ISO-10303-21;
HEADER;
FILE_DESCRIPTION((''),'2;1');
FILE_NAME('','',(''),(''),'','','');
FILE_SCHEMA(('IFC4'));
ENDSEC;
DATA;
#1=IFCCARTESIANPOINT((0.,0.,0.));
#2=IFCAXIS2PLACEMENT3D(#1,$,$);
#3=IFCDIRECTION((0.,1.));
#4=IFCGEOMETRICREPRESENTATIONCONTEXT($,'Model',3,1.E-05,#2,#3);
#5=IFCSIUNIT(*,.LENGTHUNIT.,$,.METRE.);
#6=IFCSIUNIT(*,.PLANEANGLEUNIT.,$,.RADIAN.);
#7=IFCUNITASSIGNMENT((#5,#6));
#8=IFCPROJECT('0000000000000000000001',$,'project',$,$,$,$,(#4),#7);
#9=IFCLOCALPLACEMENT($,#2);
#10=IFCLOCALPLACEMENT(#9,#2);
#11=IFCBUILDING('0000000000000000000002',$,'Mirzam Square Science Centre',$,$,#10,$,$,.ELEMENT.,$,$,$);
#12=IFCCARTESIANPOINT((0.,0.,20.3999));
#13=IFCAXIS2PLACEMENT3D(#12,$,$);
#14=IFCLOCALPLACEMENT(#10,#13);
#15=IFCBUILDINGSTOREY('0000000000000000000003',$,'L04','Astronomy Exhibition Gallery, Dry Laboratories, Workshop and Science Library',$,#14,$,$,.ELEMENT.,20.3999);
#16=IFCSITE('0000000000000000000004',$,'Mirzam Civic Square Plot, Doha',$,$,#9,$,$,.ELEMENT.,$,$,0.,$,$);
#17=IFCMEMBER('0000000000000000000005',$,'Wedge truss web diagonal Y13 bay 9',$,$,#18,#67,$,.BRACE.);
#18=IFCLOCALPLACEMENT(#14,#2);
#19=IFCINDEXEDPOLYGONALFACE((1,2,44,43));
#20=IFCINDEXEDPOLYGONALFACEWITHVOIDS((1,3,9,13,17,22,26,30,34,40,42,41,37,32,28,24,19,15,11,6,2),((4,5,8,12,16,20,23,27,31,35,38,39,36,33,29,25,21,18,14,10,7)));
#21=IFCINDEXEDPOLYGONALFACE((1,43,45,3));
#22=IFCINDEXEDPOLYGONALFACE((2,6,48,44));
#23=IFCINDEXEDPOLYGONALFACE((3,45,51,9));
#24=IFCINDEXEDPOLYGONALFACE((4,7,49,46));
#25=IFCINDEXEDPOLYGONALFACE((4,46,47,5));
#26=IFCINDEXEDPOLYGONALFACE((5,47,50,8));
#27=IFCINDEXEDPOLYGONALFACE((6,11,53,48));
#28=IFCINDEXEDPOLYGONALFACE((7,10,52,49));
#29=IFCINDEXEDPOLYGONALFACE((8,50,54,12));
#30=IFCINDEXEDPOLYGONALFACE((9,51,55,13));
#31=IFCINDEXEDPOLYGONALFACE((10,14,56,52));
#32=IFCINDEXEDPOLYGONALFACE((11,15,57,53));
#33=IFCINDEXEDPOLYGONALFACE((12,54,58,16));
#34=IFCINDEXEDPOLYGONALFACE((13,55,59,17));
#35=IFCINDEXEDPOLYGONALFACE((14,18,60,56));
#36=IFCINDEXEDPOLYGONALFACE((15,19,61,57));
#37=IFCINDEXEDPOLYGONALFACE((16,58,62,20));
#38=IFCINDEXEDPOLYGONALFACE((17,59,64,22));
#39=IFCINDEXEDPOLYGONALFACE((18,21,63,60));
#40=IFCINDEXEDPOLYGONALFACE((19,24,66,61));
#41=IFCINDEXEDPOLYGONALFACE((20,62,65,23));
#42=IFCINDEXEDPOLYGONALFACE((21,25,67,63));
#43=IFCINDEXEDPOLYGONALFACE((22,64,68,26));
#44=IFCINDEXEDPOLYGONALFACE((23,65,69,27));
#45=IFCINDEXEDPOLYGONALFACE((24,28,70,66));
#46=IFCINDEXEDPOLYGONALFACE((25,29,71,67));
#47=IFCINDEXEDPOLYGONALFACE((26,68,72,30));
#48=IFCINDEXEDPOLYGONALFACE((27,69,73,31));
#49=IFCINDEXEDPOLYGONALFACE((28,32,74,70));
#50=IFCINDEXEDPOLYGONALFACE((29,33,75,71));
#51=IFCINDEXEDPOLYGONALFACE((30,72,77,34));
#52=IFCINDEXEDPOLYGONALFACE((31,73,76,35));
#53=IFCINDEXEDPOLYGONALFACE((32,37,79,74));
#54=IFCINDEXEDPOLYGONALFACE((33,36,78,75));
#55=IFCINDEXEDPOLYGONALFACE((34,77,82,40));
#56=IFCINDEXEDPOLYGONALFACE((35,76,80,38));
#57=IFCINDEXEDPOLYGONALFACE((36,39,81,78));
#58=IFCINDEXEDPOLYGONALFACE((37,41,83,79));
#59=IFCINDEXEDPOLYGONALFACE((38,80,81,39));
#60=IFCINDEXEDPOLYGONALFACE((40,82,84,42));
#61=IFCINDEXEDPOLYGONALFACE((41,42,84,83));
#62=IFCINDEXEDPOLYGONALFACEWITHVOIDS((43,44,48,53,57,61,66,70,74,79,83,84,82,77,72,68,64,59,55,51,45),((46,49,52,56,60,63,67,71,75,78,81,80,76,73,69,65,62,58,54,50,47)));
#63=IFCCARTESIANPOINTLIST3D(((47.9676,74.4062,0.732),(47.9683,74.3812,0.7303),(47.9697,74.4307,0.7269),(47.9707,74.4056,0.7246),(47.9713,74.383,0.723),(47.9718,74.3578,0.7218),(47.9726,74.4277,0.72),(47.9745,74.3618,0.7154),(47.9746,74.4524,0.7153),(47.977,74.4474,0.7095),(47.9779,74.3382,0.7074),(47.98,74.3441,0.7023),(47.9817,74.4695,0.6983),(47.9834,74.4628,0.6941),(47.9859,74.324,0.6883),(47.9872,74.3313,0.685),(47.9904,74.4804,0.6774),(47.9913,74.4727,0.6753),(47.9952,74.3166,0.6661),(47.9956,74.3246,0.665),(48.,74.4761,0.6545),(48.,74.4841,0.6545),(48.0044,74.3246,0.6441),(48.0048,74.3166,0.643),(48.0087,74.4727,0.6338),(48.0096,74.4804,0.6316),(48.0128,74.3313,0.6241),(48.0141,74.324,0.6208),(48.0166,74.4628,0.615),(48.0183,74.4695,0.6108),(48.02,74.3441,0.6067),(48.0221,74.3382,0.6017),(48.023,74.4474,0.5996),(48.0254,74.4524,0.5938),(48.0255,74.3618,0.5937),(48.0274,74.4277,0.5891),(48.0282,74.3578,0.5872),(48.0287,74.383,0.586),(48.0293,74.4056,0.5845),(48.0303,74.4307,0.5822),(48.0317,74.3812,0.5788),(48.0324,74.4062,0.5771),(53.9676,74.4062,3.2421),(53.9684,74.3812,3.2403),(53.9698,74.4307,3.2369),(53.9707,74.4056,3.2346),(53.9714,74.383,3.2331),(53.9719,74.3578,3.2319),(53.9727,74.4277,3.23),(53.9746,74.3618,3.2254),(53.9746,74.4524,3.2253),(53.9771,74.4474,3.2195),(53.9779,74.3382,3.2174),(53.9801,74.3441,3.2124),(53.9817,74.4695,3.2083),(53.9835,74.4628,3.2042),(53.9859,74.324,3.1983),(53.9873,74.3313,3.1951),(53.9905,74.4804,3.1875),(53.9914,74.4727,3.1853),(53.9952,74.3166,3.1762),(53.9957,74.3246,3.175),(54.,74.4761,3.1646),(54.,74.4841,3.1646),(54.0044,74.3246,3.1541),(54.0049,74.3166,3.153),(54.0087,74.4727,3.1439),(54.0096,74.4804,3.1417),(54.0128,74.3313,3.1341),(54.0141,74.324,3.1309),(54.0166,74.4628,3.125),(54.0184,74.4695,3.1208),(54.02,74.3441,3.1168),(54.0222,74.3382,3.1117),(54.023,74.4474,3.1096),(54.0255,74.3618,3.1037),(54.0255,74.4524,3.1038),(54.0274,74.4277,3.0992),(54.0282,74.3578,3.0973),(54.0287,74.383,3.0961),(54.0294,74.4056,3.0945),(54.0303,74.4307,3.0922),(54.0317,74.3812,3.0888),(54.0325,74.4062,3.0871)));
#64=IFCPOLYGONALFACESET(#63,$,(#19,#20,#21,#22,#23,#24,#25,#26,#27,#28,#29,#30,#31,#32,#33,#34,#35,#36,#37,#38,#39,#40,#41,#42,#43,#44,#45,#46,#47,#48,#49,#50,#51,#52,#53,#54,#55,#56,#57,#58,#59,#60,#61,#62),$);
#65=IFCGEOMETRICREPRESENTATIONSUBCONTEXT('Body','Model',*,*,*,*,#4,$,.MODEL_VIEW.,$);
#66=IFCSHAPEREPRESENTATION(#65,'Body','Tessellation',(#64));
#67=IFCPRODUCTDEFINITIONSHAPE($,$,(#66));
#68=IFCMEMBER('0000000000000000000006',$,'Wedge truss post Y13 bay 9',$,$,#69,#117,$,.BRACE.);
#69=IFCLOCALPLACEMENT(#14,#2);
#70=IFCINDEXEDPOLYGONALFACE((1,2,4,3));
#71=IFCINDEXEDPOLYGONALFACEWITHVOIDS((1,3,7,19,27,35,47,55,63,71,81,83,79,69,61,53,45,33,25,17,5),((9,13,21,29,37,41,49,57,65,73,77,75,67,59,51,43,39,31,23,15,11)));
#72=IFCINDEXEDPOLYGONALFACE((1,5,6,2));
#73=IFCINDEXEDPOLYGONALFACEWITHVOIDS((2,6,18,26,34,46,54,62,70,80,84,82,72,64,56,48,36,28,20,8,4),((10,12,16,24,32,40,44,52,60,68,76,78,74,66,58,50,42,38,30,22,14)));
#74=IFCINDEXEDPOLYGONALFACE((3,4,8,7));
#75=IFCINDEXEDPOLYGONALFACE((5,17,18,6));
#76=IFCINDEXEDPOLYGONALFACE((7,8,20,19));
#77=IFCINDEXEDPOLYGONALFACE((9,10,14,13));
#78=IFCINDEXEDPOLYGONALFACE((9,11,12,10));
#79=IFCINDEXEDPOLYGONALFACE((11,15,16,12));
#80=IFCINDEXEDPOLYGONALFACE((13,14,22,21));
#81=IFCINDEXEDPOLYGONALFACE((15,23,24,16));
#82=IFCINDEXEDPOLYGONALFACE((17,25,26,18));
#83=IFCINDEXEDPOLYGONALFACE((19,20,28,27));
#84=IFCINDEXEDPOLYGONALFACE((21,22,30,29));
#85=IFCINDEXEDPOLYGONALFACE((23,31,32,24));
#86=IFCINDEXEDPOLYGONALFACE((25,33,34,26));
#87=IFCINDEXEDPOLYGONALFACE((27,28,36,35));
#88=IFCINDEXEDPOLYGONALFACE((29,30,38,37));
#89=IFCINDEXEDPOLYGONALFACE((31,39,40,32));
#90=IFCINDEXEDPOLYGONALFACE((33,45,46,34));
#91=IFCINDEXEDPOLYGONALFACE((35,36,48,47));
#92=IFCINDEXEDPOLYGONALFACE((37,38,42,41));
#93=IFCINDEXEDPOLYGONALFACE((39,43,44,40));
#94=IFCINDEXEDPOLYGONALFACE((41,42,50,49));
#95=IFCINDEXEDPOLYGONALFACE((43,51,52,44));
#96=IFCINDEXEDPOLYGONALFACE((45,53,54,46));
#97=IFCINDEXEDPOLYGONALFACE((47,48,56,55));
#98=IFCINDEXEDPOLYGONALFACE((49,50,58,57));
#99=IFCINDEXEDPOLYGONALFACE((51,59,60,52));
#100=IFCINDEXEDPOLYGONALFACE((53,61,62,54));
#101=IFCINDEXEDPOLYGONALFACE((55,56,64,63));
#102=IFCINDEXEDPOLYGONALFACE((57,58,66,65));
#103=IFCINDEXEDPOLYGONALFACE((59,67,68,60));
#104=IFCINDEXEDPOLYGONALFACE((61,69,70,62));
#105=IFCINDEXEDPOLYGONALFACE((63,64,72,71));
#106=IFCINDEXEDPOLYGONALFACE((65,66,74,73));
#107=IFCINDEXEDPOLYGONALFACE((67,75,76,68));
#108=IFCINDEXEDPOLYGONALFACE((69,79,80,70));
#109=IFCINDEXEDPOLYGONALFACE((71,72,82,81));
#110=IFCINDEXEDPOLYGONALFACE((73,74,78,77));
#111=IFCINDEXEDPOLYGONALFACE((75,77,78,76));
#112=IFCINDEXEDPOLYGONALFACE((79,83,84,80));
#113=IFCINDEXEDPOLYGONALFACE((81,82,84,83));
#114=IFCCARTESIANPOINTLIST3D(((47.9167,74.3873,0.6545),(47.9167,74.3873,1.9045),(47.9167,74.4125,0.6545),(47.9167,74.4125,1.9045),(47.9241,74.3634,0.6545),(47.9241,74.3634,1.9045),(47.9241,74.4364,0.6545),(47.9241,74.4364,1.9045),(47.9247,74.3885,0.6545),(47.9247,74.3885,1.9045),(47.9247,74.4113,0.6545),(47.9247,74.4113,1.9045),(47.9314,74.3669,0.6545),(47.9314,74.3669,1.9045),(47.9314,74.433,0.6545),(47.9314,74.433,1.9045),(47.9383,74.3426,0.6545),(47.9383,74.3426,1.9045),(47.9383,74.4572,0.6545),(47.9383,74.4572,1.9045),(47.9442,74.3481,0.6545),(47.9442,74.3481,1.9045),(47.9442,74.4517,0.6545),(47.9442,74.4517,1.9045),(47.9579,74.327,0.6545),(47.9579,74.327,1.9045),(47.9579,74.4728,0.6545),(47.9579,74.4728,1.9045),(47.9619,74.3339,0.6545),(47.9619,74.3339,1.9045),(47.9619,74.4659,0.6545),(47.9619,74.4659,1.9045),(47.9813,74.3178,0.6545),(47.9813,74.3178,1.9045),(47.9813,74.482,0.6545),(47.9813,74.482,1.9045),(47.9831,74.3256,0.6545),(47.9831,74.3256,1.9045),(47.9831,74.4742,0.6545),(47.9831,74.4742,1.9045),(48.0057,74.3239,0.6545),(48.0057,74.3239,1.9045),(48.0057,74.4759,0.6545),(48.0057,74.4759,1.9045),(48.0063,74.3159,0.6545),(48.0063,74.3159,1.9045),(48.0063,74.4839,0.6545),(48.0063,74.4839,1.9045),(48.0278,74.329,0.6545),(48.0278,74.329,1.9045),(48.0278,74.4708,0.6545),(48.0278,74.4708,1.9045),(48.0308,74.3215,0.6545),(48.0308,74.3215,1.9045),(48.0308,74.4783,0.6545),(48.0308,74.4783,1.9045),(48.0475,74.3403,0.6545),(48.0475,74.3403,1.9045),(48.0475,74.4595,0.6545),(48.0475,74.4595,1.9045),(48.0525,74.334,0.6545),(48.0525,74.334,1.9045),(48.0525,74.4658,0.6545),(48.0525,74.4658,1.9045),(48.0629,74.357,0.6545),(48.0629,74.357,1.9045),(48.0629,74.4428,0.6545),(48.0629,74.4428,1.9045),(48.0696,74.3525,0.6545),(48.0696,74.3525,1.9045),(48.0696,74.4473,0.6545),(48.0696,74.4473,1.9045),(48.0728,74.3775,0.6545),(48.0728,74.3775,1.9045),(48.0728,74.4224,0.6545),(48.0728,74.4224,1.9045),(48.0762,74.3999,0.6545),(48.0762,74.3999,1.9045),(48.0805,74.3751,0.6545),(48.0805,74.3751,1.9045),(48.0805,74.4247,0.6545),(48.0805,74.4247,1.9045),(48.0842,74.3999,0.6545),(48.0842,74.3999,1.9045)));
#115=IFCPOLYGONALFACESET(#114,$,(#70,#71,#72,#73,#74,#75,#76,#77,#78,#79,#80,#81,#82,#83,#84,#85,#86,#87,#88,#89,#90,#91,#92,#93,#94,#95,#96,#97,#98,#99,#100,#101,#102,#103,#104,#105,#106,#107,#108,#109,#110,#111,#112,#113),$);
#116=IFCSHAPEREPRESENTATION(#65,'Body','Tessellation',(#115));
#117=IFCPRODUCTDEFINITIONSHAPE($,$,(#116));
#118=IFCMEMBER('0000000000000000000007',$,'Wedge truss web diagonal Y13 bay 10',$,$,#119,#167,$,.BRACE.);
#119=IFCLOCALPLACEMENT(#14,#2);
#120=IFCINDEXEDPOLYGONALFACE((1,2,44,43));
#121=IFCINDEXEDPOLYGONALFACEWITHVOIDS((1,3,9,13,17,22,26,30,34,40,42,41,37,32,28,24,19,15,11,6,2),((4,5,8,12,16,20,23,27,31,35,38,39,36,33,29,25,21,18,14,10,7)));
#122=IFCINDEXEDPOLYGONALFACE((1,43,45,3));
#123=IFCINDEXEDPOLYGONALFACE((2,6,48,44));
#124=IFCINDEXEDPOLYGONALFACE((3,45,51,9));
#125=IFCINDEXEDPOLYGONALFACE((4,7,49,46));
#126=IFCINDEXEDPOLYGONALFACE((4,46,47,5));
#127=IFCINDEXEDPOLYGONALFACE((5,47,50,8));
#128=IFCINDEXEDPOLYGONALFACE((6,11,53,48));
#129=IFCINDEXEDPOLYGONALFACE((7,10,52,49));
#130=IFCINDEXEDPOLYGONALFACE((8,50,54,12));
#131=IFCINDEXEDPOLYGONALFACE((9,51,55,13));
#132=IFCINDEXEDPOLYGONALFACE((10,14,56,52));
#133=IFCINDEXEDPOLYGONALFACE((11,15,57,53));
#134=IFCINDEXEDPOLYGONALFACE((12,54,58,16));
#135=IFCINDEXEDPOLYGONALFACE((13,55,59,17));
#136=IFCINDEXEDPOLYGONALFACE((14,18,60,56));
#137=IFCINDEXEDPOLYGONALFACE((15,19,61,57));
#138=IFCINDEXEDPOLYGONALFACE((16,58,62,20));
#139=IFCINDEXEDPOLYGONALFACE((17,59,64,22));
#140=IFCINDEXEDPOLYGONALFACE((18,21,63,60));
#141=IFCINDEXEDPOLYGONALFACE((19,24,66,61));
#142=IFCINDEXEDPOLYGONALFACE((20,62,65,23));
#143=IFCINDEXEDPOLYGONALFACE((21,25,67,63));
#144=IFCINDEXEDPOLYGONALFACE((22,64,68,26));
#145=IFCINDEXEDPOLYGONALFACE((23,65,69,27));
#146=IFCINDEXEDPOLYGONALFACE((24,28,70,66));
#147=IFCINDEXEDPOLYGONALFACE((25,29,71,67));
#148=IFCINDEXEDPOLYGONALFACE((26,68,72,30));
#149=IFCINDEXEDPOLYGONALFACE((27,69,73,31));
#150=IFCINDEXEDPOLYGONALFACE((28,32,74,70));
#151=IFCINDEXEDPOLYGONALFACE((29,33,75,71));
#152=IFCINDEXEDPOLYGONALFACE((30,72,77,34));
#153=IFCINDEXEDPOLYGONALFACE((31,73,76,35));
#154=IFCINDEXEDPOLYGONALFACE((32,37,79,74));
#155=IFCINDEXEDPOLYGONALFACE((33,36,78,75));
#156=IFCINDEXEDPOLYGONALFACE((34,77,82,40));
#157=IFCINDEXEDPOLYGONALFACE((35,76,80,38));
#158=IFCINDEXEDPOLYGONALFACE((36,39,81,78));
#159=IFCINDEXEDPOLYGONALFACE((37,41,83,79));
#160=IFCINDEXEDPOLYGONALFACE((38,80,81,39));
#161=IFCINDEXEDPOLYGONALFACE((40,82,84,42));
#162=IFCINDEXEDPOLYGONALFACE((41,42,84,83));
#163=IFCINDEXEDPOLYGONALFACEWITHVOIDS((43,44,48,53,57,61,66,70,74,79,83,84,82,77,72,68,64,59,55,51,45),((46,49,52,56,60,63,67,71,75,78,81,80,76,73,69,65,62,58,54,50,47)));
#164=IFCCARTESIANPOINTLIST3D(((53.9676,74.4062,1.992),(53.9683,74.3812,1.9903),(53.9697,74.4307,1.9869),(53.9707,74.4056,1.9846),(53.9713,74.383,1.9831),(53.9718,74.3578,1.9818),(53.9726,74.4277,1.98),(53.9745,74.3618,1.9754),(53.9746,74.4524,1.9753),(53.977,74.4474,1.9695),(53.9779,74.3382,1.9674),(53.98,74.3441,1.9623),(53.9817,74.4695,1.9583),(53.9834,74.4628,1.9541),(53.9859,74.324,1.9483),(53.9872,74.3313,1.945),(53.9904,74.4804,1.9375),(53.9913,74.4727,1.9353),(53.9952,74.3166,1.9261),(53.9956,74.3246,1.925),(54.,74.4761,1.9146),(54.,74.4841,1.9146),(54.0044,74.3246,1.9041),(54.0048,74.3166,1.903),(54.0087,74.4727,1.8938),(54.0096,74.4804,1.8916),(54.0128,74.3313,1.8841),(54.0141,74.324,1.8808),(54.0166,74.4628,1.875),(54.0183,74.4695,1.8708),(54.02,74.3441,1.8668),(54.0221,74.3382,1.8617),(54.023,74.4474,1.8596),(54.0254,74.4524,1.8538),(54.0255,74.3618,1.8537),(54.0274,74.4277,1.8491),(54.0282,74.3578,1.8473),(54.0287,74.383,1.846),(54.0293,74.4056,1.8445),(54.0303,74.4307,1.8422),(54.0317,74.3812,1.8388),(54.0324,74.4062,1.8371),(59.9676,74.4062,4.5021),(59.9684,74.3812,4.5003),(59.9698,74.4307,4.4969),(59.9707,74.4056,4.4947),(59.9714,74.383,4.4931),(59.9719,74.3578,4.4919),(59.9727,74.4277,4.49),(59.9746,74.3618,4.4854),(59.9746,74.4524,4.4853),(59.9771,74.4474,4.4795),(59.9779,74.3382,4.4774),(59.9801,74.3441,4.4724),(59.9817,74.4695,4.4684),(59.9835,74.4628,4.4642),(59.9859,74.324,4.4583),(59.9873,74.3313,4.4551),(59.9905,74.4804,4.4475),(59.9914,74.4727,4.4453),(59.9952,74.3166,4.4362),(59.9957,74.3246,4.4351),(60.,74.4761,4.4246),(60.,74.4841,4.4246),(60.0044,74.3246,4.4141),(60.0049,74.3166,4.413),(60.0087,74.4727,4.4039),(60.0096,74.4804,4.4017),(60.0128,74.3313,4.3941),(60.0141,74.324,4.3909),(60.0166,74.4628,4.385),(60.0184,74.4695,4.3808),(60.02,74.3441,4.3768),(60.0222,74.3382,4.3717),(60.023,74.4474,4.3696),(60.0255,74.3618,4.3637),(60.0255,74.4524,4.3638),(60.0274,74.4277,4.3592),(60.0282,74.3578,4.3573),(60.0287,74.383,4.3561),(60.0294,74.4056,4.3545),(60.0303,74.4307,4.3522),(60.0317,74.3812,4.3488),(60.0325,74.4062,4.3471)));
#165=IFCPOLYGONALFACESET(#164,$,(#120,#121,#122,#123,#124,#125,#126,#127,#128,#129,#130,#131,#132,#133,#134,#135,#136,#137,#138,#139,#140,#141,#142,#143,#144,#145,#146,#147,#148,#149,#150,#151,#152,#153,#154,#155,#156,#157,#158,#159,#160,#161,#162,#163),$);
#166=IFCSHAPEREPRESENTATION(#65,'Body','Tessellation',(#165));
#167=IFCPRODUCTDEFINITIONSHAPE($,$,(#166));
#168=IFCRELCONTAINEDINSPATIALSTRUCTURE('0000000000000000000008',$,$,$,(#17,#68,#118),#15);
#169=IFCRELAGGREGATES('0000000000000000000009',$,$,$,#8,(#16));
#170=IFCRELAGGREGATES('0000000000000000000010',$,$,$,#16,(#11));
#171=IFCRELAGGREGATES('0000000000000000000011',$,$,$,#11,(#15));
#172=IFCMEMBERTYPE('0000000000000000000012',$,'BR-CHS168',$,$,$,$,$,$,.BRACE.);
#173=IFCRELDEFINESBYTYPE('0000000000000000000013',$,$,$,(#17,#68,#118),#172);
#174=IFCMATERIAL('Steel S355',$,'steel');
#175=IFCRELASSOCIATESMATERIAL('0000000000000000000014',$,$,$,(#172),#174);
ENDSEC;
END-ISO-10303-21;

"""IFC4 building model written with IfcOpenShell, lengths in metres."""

from ifc_helpers import new_model, si_unit, direction, frame, origin, origin_2d, place, context, subcontext, project, spatial, hollow_circle, extrude, material, material_profile, profile_set, type_object, element, save


model = new_model("IFC4")

# Units and contexts
model_context = context("Model", 3, precision=1e-05, world=origin(), true_north=direction((0.0, 1.0)))
body_context = subcontext(model_context, "Body", "Model", "MODEL_VIEW")
ifc_project = project(units=[si_unit("LENGTHUNIT", "METRE"), si_unit("PLANEANGLEUNIT", "RADIAN")], contexts=[model_context])

# Site, building, storey
site_placement = place(None, origin())
site = spatial("IfcSite", under=ifc_project, at=site_placement, Name="Mirzam Civic Square Plot, Doha", CompositionType="ELEMENT", RefElevation=0.0)
building_placement = place(site_placement, origin())
building = spatial("IfcBuilding", under=site, at=building_placement, Name="Mirzam Square Science Centre", CompositionType="ELEMENT")
storey_placement = place(building_placement, frame((0.0, 0.0, 20.3999)))
storey = spatial("IfcBuildingStorey", under=building, at=storey_placement, Name="L04", Description="Astronomy Exhibition Gallery, Dry Laboratories, Workshop and Science Library", CompositionType="ELEMENT", Elevation=20.3999)

# Members
ifc_material = material(Name="Steel S355", Category="steel")
ifc_material_profile_1 = material_profile(ifc_material, hollow_circle(Radius=0.0842, WallThickness=0.0081, at=origin_2d()), Name="168.3x8.0CHS")
ifc_profile_set_1 = profile_set([ifc_material_profile_1], Name="Steel S355")
member_type_1 = type_object("IfcMemberType", Name="BR-CHS168", PredefinedType="BRACE", material=ifc_profile_set_1)
member_1_placement = place(storey_placement, frame((48.0, 74.3999, 0.6545), z_axis=(0.92253, 0.0, 0.385926), x_axis=(0.0, 1.0, 0.0)))
element("IfcMember", 1, at=member_1_placement, inside=storey, type_object=member_type_1, Name="Wedge truss web diagonal Y13 bay 9", PredefinedType="BRACE", context=body_context, shape_type="SweptSolid", body=[
    extrude(hollow_circle(Radius=0.0842, WallThickness=0.0081, at=origin_2d()), origin(), (0.0, 0.0, 1.0), 6.5039),
])
member_2_placement = place(storey_placement, frame((48.0, 74.3999, 0.6545), z_axis=(0.0, 0.0, 1.0), x_axis=(1.0, 0.0, 0.0)))
element("IfcMember", 2, at=member_2_placement, inside=storey, type_object=member_type_1, Name="Wedge truss post Y13 bay 9", PredefinedType="BRACE", context=body_context, shape_type="SweptSolid", body=[
    extrude(hollow_circle(Radius=0.0842, WallThickness=0.0081, at=origin_2d()), origin(), (0.0, 0.0, 1.0), 1.25),
])
member_3_placement = place(storey_placement, frame((54.0, 74.3999, 1.9146), z_axis=(0.92253, 0.0, 0.385926), x_axis=(0.0, 1.0, 0.0)))
element("IfcMember", 3, at=member_3_placement, inside=storey, type_object=member_type_1, Name="Wedge truss web diagonal Y13 bay 10", PredefinedType="BRACE", context=body_context, shape_type="SweptSolid", body=[
    extrude(hollow_circle(Radius=0.0842, WallThickness=0.0081, at=origin_2d()), origin(), (0.0, 0.0, 1.0), 6.5039),
])

save(model, "model.ifc")
